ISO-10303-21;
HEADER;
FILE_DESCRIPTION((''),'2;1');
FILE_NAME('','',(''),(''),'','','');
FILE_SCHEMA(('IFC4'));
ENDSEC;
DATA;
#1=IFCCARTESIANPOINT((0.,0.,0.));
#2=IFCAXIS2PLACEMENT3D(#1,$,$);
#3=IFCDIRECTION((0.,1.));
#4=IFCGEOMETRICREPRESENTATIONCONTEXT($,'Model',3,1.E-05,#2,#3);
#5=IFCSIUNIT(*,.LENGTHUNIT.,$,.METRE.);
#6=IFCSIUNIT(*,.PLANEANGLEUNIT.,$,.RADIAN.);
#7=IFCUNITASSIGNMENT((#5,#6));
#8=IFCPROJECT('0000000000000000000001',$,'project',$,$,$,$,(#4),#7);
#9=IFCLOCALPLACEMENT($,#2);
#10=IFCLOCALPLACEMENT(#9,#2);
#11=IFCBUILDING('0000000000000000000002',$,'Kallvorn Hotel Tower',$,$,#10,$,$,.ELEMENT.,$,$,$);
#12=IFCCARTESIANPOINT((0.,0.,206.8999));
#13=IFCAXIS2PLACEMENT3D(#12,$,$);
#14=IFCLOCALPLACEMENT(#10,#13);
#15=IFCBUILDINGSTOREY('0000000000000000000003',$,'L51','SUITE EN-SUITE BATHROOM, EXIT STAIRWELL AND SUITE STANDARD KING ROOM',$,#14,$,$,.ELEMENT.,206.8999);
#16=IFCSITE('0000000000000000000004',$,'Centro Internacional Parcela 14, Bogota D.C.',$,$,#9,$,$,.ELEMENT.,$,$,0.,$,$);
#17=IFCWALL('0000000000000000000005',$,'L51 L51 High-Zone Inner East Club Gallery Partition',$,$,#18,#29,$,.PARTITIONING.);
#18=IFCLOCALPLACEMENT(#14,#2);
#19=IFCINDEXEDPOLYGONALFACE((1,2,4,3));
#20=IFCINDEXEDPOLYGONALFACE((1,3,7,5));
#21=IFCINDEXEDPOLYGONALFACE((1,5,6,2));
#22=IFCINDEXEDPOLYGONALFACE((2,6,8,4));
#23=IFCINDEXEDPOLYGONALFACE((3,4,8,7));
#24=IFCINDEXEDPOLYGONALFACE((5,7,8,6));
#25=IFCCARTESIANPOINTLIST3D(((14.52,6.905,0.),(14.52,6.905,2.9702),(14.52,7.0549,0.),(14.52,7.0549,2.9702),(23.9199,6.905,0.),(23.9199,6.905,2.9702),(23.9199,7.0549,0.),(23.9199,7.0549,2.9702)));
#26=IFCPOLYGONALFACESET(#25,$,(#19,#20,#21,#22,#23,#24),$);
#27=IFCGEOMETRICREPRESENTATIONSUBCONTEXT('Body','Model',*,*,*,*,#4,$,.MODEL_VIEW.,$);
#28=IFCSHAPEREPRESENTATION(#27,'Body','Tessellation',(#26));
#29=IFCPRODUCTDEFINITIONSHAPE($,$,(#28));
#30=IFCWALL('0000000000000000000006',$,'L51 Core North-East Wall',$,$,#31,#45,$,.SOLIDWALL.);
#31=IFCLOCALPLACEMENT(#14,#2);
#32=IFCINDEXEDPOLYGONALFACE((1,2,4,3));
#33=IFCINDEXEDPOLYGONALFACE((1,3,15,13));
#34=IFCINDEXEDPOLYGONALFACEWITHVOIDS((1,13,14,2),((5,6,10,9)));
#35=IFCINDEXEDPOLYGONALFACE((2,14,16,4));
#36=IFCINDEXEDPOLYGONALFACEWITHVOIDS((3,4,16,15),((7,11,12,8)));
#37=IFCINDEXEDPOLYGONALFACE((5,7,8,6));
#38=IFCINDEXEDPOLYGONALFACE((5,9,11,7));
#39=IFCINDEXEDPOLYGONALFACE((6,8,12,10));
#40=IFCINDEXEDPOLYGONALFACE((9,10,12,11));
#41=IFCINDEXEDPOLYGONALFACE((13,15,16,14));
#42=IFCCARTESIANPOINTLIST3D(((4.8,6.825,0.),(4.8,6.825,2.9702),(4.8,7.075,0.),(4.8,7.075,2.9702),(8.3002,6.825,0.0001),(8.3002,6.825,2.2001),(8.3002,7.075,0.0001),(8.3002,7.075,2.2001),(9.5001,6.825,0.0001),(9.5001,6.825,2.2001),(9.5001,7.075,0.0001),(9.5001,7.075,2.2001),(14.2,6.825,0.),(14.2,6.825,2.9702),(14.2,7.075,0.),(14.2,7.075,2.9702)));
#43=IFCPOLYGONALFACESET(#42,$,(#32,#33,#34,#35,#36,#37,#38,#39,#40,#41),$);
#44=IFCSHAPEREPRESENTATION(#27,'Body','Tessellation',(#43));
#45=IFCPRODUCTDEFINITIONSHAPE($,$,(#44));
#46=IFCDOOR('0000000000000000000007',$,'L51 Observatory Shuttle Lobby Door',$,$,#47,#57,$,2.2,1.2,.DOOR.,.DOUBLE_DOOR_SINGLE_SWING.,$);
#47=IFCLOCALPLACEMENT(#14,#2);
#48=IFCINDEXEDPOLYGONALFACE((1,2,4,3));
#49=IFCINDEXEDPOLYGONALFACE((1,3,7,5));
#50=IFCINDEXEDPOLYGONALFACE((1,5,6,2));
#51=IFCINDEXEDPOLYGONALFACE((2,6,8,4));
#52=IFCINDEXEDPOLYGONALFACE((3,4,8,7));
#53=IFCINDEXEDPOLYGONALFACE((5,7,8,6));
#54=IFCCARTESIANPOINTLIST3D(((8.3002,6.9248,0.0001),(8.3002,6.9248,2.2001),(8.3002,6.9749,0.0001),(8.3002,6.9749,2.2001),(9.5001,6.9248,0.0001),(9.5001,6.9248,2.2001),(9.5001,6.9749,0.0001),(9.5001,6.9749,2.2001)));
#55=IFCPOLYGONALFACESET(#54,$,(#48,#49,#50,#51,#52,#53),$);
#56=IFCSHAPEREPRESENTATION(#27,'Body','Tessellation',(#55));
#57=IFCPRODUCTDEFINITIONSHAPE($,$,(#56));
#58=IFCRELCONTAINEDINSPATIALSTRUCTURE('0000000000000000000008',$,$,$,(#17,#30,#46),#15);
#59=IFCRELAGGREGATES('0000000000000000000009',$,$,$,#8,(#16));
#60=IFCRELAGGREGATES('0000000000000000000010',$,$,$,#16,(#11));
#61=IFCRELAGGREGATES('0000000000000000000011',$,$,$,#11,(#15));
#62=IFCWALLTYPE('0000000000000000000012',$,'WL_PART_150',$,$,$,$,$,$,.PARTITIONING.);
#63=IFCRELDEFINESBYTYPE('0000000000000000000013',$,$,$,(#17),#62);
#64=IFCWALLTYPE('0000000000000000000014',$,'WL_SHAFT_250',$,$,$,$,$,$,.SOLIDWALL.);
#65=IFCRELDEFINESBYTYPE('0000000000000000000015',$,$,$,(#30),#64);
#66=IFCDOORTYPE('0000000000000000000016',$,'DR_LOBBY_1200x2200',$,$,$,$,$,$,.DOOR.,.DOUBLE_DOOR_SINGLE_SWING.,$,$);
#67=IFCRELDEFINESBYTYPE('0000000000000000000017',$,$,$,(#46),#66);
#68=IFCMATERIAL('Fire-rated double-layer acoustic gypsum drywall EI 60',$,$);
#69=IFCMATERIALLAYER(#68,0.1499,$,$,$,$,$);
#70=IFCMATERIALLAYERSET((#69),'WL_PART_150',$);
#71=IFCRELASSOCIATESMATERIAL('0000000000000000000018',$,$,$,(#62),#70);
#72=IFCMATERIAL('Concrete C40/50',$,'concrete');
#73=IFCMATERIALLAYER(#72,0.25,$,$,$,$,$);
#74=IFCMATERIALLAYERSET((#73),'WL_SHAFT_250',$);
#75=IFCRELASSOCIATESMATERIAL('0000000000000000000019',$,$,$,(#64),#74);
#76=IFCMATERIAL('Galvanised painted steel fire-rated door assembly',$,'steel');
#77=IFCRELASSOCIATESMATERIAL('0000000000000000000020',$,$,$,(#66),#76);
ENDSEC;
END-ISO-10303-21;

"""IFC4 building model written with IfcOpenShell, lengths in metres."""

from ifc_helpers import new_model, si_unit, direction, frame, frame_2d, origin, place, context, subcontext, project, spatial, rectangle, extrude, material, layer, layer_set, type_object, element, fill, save


model = new_model("IFC4")

# Units and contexts
model_context = context("Model", 3, precision=1e-05, world=origin(), true_north=direction((0.0, 1.0)))
body_context = subcontext(model_context, "Body", "Model", "MODEL_VIEW")
ifc_project = project(units=[si_unit("LENGTHUNIT", "METRE"), si_unit("PLANEANGLEUNIT", "RADIAN")], contexts=[model_context])

# Site, building, storey
site_placement = place(None, origin())
site = spatial("IfcSite", under=ifc_project, at=site_placement, Name="Centro Internacional Parcela 14, Bogota D.C.", CompositionType="ELEMENT", RefElevation=0.0)
building_placement = place(site_placement, origin())
building = spatial("IfcBuilding", under=site, at=building_placement, Name="Kallvorn Hotel Tower", CompositionType="ELEMENT")
storey_placement = place(building_placement, frame((0.0, 0.0, 206.8999)))
storey = spatial("IfcBuildingStorey", under=building, at=storey_placement, Name="L51", Description="SUITE EN-SUITE BATHROOM, EXIT STAIRWELL AND SUITE STANDARD KING ROOM", CompositionType="ELEMENT", Elevation=206.8999)

# Wall
ifc_material_1 = material(Name="Fire-rated double-layer acoustic gypsum drywall EI 60")
ifc_layer_1 = layer(ifc_material_1, 0.1499)
ifc_layer_set_1 = layer_set([ifc_layer_1], Name="WL_PART_150")
wall_type_1 = type_object("IfcWallType", Name="WL_PART_150", PredefinedType="PARTITIONING", material=ifc_layer_set_1)
wall_1_placement = place(storey_placement, frame((14.52, 6.98, 0.0), z_axis=(0.0, 0.0, 1.0), x_axis=(1.0, 0.0, 0.0)))
element("IfcWall", 1, at=wall_1_placement, inside=storey, type_object=wall_type_1, Name="L51 L51 High-Zone Inner East Club Gallery Partition", PredefinedType="PARTITIONING", context=body_context, shape_type="SweptSolid", body=[
    extrude(rectangle(XDim=9.3999, YDim=0.1499, at=frame_2d((4.7, 0.0))), origin(), (0.0, 0.0, 1.0), 2.9702),
])

# Wall, opening, door
ifc_material_2 = material(Name="Concrete C40/50", Category="concrete")
ifc_layer_2 = layer(ifc_material_2, 0.25)
ifc_layer_set_2 = layer_set([ifc_layer_2], Name="WL_SHAFT_250")
wall_type_2 = type_object("IfcWallType", Name="WL_SHAFT_250", PredefinedType="SOLIDWALL", material=ifc_layer_set_2)
wall_2_placement = place(storey_placement, frame((4.8, 6.95, 0.0), z_axis=(0.0, 0.0, 1.0), x_axis=(1.0, 0.0, 0.0)))
wall_2 = element("IfcWall", 2, at=wall_2_placement, inside=storey, type_object=wall_type_2, Name="L51 Core North-East Wall", PredefinedType="SOLIDWALL", context=body_context, shape_type="SweptSolid", body=[
    extrude(rectangle(XDim=9.3999, YDim=0.25, at=frame_2d((4.7, 0.0))), origin(), (0.0, 0.0, 1.0), 2.9702),
])
opening_1_placement = place(wall_2_placement, frame((3.5, 0.0, 0.0)))
opening_1 = element("IfcOpeningElement", 3, at=opening_1_placement, cuts=wall_2, PredefinedType="OPENING", context=body_context, shape_type="SweptSolid", body=[
    extrude(rectangle(XDim=1.2, YDim=2.2, at=frame_2d((0.6001, 1.1001))), frame((0.0, 0.1399, 0.0), z_axis=(0.0, -1.0, 0.0), x_axis=(1.0, 0.0, 0.0)), (0.0, 0.0, 1.0), 0.28),
])
ifc_material_3 = material(Name="Galvanised painted steel fire-rated door assembly", Category="steel")
door_type_1 = type_object("IfcDoorType", Name="DR_LOBBY_1200x2200", OperationType="DOUBLE_DOOR_SINGLE_SWING", PredefinedType="DOOR", material=ifc_material_3)
door_1_placement = place(opening_1_placement, origin())
door_1 = element("IfcDoor", 4, at=door_1_placement, inside=storey, type_object=door_type_1, Name="L51 Observatory Shuttle Lobby Door", OperationType="DOUBLE_DOOR_SINGLE_SWING", OverallHeight=2.2, OverallWidth=1.2, PredefinedType="DOOR", context=body_context, shape_type="SweptSolid", body=[
    extrude(rectangle(XDim=1.2, YDim=2.2, at=frame_2d((0.6001, 1.1001))), frame((0.0, 0.0249, 0.0), z_axis=(0.0, -1.0, 0.0), x_axis=(1.0, 0.0, 0.0)), (0.0, 0.0, 1.0), 0.05),
])
fill(opening_1, door_1)

save(model, "model.ifc")
